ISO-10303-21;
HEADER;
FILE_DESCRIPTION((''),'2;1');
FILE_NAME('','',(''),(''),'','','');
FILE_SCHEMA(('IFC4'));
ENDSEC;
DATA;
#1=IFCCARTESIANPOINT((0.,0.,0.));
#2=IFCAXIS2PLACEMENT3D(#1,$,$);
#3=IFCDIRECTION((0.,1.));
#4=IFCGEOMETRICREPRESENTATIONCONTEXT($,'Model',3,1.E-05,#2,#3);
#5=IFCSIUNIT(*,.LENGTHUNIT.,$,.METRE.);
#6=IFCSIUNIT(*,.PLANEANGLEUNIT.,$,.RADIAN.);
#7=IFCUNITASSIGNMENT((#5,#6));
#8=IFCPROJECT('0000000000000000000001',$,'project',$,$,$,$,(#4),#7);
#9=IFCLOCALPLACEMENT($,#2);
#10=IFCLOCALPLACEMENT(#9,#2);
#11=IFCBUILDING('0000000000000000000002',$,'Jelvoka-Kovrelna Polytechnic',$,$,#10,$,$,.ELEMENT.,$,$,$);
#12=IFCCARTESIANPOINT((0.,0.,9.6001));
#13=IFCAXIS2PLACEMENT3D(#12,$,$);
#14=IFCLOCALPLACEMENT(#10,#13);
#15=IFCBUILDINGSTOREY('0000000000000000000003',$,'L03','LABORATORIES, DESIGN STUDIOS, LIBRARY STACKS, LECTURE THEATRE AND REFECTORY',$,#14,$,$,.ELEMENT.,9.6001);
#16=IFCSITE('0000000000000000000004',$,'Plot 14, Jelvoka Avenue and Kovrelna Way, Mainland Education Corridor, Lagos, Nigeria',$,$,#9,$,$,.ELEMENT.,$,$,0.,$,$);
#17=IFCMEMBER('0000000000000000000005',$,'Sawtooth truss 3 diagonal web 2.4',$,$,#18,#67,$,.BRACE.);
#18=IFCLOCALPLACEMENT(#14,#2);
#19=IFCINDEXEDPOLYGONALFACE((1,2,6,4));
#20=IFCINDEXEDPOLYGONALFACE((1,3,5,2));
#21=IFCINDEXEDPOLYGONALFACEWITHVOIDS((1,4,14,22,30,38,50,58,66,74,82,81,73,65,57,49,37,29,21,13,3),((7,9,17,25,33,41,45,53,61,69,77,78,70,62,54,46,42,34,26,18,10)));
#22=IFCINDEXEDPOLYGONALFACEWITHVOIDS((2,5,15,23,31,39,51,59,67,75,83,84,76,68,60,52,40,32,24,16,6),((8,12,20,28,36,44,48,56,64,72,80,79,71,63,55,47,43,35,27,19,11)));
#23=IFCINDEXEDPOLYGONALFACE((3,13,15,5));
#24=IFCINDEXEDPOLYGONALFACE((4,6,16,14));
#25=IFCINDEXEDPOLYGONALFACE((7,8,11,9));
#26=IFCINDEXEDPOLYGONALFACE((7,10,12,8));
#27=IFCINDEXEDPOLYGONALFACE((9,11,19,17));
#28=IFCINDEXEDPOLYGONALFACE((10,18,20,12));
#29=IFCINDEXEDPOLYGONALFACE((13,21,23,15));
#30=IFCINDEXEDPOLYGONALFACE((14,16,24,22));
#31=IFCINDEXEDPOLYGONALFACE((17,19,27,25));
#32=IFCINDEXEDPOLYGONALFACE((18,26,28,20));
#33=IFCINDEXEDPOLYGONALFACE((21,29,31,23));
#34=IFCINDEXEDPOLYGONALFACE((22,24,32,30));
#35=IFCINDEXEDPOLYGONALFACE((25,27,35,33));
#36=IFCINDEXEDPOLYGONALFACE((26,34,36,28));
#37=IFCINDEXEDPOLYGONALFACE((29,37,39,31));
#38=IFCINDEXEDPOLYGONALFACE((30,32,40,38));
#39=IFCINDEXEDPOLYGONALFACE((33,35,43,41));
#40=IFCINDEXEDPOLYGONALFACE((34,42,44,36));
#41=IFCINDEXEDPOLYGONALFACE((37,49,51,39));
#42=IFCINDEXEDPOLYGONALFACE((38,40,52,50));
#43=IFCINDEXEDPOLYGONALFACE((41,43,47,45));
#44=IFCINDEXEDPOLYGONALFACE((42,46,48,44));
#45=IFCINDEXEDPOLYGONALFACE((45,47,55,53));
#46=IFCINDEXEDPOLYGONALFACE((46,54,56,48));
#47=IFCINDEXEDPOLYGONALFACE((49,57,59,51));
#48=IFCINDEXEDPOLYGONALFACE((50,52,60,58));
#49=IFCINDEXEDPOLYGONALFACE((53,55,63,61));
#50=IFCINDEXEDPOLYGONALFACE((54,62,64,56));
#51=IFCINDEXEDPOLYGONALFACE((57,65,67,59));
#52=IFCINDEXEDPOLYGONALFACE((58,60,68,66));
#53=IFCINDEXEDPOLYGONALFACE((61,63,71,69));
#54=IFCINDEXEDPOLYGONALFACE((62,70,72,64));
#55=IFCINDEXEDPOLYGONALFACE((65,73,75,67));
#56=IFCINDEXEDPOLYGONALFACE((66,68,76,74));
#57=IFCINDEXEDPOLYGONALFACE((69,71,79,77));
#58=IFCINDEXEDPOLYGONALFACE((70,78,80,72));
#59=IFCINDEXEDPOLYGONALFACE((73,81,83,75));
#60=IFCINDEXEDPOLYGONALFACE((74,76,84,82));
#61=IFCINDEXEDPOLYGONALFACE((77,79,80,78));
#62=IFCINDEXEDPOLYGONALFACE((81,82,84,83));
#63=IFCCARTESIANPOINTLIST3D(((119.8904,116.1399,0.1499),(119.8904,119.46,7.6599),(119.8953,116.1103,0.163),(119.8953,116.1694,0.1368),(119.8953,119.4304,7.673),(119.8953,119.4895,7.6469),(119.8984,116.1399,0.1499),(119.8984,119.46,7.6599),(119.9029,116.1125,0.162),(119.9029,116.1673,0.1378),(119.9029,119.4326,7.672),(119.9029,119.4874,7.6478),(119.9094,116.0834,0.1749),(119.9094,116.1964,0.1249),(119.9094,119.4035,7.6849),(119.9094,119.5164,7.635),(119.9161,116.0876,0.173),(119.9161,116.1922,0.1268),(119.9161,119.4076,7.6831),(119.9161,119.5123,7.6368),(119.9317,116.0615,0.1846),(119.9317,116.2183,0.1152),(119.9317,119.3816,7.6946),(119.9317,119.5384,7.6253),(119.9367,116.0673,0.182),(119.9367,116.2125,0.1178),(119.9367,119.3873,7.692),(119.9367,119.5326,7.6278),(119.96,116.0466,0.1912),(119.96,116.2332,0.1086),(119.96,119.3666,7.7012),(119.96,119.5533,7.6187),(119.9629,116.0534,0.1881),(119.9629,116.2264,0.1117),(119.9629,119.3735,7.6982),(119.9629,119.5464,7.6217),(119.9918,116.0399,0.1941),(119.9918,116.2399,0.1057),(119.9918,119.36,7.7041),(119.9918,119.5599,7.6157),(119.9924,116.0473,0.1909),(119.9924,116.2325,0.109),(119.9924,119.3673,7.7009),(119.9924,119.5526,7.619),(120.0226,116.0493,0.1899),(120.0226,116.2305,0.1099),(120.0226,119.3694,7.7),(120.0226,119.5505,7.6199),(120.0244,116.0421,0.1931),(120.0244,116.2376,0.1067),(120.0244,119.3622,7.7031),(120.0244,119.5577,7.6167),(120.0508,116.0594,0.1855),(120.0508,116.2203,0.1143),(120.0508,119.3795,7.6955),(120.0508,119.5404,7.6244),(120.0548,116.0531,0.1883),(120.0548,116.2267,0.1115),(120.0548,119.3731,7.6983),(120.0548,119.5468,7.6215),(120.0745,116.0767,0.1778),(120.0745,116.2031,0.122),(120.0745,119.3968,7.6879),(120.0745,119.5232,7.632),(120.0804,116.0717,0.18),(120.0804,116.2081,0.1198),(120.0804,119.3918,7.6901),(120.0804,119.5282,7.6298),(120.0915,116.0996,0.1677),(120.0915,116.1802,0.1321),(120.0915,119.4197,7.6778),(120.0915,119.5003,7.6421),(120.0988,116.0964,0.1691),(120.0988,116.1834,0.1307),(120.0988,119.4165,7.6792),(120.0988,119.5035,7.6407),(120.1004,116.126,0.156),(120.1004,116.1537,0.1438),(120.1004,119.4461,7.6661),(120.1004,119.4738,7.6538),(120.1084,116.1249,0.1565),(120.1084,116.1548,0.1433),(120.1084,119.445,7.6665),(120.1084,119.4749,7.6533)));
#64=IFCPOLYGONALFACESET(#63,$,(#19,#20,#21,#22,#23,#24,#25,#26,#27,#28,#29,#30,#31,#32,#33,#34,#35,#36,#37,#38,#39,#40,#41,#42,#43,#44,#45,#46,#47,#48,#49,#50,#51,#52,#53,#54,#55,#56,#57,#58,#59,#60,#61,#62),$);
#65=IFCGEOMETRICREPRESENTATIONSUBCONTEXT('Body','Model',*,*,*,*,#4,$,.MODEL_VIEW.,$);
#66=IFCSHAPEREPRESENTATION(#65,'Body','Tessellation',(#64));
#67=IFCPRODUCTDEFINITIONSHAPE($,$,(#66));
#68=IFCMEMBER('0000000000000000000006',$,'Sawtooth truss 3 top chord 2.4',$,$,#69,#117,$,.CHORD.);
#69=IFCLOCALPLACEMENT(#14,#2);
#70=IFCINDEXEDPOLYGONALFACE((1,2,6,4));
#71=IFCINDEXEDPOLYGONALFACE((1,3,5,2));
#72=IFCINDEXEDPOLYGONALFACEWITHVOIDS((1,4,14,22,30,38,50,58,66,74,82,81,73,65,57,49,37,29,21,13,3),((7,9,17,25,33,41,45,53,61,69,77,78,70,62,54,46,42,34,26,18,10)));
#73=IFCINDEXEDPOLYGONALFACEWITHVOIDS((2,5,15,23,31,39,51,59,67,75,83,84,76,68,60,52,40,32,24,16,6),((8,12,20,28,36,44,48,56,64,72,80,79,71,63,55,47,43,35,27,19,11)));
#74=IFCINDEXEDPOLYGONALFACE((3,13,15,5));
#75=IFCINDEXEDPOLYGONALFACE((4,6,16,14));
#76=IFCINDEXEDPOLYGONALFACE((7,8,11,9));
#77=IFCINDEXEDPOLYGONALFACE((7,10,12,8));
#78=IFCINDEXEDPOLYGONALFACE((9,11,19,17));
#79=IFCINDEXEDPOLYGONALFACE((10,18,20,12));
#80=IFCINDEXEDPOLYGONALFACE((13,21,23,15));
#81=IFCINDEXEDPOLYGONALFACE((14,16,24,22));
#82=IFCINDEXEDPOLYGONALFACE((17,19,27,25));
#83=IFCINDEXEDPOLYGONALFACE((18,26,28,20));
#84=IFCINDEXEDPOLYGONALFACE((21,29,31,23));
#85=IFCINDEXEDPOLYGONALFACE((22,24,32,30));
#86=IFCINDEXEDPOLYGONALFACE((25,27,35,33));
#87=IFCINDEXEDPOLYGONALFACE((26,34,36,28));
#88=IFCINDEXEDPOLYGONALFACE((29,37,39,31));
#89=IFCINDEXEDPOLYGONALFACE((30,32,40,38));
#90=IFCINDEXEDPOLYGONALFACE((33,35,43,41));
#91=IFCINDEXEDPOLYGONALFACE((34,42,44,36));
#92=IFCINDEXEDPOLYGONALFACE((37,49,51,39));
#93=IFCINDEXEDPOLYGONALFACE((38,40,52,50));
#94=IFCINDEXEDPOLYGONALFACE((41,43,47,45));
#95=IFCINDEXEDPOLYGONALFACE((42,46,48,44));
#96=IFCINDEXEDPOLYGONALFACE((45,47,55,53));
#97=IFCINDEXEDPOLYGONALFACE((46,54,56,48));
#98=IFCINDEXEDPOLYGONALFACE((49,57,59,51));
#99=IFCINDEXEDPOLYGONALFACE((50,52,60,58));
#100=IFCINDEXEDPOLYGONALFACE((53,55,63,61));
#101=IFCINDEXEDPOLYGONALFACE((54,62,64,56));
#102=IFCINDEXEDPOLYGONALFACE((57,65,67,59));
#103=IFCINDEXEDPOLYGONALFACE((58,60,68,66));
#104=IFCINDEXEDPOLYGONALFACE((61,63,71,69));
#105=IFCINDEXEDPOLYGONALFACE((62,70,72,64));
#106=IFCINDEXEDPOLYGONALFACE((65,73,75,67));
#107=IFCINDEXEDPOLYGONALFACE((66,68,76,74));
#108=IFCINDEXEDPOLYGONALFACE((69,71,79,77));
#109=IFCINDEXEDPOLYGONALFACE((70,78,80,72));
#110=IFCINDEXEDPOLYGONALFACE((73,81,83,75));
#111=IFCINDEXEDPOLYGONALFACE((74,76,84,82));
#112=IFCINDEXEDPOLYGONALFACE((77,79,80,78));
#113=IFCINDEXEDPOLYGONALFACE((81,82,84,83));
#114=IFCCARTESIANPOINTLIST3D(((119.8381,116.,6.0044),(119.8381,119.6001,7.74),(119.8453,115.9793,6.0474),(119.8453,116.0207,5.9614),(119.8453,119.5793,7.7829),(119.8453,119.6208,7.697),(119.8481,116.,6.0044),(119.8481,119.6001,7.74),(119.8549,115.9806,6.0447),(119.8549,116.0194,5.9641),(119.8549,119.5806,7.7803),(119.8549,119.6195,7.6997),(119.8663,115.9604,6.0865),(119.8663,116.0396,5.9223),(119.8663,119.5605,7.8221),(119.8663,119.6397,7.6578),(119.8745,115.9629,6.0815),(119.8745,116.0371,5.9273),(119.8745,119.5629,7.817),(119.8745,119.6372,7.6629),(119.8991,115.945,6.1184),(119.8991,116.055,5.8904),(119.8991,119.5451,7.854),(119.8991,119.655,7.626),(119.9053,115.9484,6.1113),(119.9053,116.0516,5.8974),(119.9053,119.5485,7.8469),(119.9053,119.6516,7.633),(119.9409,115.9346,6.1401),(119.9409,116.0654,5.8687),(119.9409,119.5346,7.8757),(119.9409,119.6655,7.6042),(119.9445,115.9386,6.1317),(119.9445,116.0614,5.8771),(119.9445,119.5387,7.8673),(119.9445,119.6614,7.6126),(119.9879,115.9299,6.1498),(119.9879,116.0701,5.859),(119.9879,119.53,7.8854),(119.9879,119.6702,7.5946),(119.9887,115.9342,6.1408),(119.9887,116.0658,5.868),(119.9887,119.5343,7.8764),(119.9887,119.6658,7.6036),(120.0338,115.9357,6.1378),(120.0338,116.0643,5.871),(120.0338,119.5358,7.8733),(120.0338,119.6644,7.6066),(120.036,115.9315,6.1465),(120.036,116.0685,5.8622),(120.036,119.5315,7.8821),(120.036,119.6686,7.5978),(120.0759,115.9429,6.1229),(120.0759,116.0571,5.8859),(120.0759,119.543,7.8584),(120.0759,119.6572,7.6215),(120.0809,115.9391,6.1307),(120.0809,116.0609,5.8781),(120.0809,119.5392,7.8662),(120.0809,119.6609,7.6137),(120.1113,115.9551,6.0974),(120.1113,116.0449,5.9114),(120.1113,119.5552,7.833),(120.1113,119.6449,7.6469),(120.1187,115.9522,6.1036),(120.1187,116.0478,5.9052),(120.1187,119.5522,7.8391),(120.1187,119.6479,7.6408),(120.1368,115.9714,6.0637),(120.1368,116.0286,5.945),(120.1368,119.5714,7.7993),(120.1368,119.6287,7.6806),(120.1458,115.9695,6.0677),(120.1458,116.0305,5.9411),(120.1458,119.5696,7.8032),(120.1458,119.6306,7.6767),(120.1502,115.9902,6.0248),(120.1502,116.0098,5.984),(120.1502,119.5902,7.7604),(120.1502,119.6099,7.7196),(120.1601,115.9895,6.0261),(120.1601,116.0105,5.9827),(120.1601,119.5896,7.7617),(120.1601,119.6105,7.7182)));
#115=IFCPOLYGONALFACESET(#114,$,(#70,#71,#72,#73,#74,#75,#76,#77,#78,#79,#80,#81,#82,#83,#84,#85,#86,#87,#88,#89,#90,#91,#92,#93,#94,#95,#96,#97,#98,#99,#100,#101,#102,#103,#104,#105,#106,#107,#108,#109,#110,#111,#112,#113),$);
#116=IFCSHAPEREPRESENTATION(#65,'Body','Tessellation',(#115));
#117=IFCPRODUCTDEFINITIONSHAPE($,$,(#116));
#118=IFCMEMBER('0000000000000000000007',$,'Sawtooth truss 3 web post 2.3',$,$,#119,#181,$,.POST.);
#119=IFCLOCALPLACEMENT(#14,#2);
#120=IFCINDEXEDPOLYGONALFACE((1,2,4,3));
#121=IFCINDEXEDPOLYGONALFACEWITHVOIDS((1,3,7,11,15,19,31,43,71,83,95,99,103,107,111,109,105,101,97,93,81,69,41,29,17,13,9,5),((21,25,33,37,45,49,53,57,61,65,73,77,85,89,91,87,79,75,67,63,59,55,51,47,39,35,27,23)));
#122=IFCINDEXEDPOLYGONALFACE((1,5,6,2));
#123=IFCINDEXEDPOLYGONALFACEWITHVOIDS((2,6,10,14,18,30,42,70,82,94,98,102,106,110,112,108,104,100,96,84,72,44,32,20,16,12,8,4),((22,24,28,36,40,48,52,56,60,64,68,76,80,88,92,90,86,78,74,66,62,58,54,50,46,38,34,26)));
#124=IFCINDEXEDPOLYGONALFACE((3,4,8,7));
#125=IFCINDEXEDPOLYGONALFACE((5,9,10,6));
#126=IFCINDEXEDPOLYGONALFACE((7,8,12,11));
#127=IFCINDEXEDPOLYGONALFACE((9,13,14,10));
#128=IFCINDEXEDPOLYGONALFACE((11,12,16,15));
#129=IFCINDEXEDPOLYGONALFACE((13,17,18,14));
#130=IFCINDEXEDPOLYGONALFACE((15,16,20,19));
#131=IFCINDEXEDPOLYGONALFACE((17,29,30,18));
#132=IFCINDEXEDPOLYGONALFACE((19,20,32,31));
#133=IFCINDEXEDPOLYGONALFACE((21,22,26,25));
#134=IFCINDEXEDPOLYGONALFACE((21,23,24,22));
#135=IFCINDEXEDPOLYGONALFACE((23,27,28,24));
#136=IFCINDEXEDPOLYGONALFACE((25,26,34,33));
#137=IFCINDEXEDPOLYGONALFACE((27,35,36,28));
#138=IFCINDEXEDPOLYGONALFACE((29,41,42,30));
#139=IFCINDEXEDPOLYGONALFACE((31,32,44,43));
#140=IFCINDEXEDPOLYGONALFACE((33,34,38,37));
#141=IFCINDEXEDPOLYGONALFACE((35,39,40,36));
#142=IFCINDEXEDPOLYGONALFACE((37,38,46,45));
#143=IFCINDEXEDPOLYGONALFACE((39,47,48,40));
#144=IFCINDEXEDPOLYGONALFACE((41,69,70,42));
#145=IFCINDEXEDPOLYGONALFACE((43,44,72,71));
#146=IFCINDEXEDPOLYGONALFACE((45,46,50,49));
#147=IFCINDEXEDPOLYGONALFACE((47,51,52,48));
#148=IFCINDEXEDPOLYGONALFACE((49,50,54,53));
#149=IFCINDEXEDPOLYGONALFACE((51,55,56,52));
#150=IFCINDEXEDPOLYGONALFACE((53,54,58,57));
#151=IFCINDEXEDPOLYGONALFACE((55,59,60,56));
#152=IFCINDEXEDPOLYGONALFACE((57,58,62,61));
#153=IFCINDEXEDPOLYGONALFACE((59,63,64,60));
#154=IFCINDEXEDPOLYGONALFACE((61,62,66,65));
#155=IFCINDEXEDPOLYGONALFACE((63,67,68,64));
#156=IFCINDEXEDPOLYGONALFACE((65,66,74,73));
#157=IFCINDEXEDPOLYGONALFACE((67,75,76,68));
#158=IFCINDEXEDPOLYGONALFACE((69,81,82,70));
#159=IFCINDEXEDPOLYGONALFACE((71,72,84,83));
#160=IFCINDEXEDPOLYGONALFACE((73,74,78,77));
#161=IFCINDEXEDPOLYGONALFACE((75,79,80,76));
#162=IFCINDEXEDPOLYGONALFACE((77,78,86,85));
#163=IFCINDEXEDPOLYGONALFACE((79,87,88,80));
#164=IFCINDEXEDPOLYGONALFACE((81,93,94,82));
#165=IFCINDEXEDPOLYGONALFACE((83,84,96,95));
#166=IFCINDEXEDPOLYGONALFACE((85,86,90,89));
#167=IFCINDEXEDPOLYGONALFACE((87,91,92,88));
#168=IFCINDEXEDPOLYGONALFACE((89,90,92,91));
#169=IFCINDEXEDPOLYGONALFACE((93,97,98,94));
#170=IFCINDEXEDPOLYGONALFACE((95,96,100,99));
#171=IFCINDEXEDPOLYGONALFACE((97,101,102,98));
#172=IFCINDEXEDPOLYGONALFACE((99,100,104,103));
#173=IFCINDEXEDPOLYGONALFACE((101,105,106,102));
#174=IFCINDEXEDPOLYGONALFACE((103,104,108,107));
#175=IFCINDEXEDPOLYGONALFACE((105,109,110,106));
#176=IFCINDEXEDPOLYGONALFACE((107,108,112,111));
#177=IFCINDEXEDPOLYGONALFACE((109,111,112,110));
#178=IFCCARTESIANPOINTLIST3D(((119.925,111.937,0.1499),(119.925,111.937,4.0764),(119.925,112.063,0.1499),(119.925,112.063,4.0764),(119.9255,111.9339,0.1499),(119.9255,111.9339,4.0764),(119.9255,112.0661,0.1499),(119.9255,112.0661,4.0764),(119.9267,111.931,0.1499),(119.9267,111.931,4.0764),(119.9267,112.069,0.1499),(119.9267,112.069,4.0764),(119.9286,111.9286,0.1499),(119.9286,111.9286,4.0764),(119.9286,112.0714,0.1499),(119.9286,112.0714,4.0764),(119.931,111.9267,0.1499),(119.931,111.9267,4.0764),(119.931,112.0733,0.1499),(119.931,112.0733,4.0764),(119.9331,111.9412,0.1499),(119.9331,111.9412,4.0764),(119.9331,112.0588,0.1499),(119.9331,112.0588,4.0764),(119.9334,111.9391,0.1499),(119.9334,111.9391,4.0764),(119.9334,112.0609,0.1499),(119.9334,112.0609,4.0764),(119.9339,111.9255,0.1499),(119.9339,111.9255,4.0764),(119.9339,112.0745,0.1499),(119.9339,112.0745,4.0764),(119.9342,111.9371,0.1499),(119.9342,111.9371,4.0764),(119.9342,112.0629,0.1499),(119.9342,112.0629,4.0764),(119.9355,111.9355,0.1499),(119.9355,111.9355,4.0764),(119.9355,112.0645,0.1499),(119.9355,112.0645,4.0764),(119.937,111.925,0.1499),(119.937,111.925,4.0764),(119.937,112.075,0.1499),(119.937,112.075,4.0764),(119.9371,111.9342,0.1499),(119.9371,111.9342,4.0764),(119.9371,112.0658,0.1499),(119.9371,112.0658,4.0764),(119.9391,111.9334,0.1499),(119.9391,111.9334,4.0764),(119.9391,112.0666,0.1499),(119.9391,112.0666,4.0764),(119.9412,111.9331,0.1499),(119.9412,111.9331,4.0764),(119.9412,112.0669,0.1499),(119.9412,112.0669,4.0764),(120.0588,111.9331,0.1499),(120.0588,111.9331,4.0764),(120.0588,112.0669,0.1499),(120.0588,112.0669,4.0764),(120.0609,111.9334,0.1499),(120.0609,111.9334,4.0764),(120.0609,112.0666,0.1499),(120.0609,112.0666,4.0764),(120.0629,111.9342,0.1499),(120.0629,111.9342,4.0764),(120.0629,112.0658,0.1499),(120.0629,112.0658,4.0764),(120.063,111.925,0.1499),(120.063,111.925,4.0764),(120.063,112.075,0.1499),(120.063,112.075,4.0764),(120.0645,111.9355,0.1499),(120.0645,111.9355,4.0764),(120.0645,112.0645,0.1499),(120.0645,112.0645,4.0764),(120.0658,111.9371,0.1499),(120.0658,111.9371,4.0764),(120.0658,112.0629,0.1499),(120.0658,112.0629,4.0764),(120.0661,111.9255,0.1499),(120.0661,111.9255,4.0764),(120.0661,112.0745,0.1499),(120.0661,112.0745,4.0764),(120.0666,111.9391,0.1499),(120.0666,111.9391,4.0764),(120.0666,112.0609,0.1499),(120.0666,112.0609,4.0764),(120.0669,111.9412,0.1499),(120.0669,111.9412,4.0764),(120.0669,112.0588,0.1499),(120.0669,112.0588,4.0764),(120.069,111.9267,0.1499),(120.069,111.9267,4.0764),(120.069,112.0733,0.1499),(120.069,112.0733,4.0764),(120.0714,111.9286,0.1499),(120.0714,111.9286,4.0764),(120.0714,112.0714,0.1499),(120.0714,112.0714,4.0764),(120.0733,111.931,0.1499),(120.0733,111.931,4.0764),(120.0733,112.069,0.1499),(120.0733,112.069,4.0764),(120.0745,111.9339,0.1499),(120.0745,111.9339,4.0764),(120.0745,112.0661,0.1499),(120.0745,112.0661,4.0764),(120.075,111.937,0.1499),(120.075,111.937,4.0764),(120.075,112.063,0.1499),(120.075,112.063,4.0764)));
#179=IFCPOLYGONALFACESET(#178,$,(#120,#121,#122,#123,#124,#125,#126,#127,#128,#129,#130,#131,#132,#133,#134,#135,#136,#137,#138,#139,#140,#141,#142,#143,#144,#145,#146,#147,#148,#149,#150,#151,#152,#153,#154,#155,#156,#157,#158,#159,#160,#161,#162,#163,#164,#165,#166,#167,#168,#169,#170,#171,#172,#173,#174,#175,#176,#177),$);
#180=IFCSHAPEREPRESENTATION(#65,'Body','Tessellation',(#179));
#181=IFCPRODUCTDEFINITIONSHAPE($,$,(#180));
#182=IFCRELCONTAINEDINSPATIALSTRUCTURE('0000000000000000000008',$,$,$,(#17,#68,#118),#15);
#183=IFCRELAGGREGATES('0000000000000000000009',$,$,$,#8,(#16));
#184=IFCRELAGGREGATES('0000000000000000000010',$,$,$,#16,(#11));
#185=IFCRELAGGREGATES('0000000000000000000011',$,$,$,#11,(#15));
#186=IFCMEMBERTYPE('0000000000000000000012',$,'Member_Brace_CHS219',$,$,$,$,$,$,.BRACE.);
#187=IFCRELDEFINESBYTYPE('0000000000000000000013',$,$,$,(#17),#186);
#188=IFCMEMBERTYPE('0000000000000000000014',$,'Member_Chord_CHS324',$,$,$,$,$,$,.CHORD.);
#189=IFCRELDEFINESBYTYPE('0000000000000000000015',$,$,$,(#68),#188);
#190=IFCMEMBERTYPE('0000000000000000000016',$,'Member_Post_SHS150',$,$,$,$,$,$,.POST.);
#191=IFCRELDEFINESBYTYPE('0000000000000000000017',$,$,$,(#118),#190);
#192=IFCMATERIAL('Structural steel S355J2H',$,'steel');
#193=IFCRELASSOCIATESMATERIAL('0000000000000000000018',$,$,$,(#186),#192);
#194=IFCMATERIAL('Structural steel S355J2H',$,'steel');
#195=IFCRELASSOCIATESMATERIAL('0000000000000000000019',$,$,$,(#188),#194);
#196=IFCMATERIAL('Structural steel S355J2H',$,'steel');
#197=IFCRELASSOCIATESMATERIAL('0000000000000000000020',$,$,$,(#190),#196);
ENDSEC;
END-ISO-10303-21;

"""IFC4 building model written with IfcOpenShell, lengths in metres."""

from ifc_helpers import new_model, si_unit, direction, frame, origin, origin_2d, place, context, subcontext, project, spatial, hollow_rectangle, hollow_circle, extrude, material, material_profile, profile_set, type_object, element, save


model = new_model("IFC4")

# Units and contexts
model_context = context("Model", 3, precision=1e-05, world=origin(), true_north=direction((0.0, 1.0)))
body_context = subcontext(model_context, "Body", "Model", "MODEL_VIEW")
ifc_project = project(units=[si_unit("LENGTHUNIT", "METRE"), si_unit("PLANEANGLEUNIT", "RADIAN")], contexts=[model_context])

# Site, building, storey
site_placement = place(None, origin())
site = spatial("IfcSite", under=ifc_project, at=site_placement, Name="Plot 14, Jelvoka Avenue and Kovrelna Way, Mainland Education Corridor, Lagos, Nigeria", CompositionType="ELEMENT", RefElevation=0.0)
building_placement = place(site_placement, origin())
building = spatial("IfcBuilding", under=site, at=building_placement, Name="Jelvoka-Kovrelna Polytechnic", CompositionType="ELEMENT")
storey_placement = place(building_placement, frame((0.0, 0.0, 9.6001)))
storey = spatial("IfcBuildingStorey", under=building, at=storey_placement, Name="L03", Description="LABORATORIES, DESIGN STUDIOS, LIBRARY STACKS, LECTURE THEATRE AND REFECTORY", CompositionType="ELEMENT", Elevation=9.6001)

# Members
ifc_material_1 = material(Name="Structural steel S355J2H", Category="steel")
ifc_material_profile_1 = material_profile(ifc_material_1, hollow_circle(Radius=0.1096, WallThickness=0.0081, at=origin_2d()), Name="219.1x8.0 CHS")
ifc_profile_set_1 = profile_set([ifc_material_profile_1], Name="Structural steel S355J2H")
member_type_1 = type_object("IfcMemberType", Name="Member_Brace_CHS219", PredefinedType="BRACE", material=ifc_profile_set_1)
member_1_placement = place(storey_placement, frame((120.0, 116.1399, 0.1499), z_axis=(0.0, 0.404336, 0.91461), x_axis=(-1.0, 0.0, 0.0)))
element("IfcMember", 1, at=member_1_placement, inside=storey, type_object=member_type_1, Name="Sawtooth truss 3 diagonal web 2.4", PredefinedType="BRACE", context=body_context, shape_type="SweptSolid", body=[
    extrude(hollow_circle(Radius=0.1096, WallThickness=0.0081, at=origin_2d()), origin(), (0.0, 0.0, 1.0), 8.2112),
])
ifc_material_2 = material(Name="Structural steel S355J2H", Category="steel")
ifc_material_profile_2 = material_profile(ifc_material_2, hollow_circle(Radius=0.1619, WallThickness=0.01, at=origin_2d()), Name="323.9x10.0 CHS")
ifc_profile_set_2 = profile_set([ifc_material_profile_2], Name="Structural steel S355J2H")
member_type_2 = type_object("IfcMemberType", Name="Member_Chord_CHS324", PredefinedType="CHORD", material=ifc_profile_set_2)
member_2_placement = place(storey_placement, frame((120.0, 116.0, 6.0044), z_axis=(0.0, 0.900785, 0.434266), x_axis=(-1.0, 0.0, 0.0)))
element("IfcMember", 2, at=member_2_placement, inside=storey, type_object=member_type_2, Name="Sawtooth truss 3 top chord 2.4", PredefinedType="CHORD", context=body_context, shape_type="SweptSolid", body=[
    extrude(hollow_circle(Radius=0.1619, WallThickness=0.01, at=origin_2d()), origin(), (0.0, 0.0, 1.0), 3.9966),
])
ifc_material_3 = material(Name="Structural steel S355J2H", Category="steel")
ifc_material_profile_3 = material_profile(ifc_material_3, hollow_rectangle(XDim=0.1499, YDim=0.1499, WallThickness=0.0081, InnerFilletRadius=0.0081, OuterFilletRadius=0.012, at=origin_2d()), Name="150x150x8.0 SHS")
ifc_profile_set_3 = profile_set([ifc_material_profile_3], Name="Structural steel S355J2H")
member_type_3 = type_object("IfcMemberType", Name="Member_Post_SHS150", PredefinedType="POST", material=ifc_profile_set_3)
member_3_placement = place(storey_placement, frame((120.0, 112.0, 0.1499), z_axis=(0.0, 0.0, 1.0), x_axis=(1.0, 0.0, 0.0)))
element("IfcMember", 3, at=member_3_placement, inside=storey, type_object=member_type_3, Name="Sawtooth truss 3 web post 2.3", PredefinedType="POST", context=body_context, shape_type="SweptSolid", body=[
    extrude(hollow_rectangle(XDim=0.1499, YDim=0.1499, WallThickness=0.0081, InnerFilletRadius=0.0081, OuterFilletRadius=0.012, at=origin_2d()), origin(), (0.0, 0.0, 1.0), 3.9265),
])

save(model, "model.ifc")
